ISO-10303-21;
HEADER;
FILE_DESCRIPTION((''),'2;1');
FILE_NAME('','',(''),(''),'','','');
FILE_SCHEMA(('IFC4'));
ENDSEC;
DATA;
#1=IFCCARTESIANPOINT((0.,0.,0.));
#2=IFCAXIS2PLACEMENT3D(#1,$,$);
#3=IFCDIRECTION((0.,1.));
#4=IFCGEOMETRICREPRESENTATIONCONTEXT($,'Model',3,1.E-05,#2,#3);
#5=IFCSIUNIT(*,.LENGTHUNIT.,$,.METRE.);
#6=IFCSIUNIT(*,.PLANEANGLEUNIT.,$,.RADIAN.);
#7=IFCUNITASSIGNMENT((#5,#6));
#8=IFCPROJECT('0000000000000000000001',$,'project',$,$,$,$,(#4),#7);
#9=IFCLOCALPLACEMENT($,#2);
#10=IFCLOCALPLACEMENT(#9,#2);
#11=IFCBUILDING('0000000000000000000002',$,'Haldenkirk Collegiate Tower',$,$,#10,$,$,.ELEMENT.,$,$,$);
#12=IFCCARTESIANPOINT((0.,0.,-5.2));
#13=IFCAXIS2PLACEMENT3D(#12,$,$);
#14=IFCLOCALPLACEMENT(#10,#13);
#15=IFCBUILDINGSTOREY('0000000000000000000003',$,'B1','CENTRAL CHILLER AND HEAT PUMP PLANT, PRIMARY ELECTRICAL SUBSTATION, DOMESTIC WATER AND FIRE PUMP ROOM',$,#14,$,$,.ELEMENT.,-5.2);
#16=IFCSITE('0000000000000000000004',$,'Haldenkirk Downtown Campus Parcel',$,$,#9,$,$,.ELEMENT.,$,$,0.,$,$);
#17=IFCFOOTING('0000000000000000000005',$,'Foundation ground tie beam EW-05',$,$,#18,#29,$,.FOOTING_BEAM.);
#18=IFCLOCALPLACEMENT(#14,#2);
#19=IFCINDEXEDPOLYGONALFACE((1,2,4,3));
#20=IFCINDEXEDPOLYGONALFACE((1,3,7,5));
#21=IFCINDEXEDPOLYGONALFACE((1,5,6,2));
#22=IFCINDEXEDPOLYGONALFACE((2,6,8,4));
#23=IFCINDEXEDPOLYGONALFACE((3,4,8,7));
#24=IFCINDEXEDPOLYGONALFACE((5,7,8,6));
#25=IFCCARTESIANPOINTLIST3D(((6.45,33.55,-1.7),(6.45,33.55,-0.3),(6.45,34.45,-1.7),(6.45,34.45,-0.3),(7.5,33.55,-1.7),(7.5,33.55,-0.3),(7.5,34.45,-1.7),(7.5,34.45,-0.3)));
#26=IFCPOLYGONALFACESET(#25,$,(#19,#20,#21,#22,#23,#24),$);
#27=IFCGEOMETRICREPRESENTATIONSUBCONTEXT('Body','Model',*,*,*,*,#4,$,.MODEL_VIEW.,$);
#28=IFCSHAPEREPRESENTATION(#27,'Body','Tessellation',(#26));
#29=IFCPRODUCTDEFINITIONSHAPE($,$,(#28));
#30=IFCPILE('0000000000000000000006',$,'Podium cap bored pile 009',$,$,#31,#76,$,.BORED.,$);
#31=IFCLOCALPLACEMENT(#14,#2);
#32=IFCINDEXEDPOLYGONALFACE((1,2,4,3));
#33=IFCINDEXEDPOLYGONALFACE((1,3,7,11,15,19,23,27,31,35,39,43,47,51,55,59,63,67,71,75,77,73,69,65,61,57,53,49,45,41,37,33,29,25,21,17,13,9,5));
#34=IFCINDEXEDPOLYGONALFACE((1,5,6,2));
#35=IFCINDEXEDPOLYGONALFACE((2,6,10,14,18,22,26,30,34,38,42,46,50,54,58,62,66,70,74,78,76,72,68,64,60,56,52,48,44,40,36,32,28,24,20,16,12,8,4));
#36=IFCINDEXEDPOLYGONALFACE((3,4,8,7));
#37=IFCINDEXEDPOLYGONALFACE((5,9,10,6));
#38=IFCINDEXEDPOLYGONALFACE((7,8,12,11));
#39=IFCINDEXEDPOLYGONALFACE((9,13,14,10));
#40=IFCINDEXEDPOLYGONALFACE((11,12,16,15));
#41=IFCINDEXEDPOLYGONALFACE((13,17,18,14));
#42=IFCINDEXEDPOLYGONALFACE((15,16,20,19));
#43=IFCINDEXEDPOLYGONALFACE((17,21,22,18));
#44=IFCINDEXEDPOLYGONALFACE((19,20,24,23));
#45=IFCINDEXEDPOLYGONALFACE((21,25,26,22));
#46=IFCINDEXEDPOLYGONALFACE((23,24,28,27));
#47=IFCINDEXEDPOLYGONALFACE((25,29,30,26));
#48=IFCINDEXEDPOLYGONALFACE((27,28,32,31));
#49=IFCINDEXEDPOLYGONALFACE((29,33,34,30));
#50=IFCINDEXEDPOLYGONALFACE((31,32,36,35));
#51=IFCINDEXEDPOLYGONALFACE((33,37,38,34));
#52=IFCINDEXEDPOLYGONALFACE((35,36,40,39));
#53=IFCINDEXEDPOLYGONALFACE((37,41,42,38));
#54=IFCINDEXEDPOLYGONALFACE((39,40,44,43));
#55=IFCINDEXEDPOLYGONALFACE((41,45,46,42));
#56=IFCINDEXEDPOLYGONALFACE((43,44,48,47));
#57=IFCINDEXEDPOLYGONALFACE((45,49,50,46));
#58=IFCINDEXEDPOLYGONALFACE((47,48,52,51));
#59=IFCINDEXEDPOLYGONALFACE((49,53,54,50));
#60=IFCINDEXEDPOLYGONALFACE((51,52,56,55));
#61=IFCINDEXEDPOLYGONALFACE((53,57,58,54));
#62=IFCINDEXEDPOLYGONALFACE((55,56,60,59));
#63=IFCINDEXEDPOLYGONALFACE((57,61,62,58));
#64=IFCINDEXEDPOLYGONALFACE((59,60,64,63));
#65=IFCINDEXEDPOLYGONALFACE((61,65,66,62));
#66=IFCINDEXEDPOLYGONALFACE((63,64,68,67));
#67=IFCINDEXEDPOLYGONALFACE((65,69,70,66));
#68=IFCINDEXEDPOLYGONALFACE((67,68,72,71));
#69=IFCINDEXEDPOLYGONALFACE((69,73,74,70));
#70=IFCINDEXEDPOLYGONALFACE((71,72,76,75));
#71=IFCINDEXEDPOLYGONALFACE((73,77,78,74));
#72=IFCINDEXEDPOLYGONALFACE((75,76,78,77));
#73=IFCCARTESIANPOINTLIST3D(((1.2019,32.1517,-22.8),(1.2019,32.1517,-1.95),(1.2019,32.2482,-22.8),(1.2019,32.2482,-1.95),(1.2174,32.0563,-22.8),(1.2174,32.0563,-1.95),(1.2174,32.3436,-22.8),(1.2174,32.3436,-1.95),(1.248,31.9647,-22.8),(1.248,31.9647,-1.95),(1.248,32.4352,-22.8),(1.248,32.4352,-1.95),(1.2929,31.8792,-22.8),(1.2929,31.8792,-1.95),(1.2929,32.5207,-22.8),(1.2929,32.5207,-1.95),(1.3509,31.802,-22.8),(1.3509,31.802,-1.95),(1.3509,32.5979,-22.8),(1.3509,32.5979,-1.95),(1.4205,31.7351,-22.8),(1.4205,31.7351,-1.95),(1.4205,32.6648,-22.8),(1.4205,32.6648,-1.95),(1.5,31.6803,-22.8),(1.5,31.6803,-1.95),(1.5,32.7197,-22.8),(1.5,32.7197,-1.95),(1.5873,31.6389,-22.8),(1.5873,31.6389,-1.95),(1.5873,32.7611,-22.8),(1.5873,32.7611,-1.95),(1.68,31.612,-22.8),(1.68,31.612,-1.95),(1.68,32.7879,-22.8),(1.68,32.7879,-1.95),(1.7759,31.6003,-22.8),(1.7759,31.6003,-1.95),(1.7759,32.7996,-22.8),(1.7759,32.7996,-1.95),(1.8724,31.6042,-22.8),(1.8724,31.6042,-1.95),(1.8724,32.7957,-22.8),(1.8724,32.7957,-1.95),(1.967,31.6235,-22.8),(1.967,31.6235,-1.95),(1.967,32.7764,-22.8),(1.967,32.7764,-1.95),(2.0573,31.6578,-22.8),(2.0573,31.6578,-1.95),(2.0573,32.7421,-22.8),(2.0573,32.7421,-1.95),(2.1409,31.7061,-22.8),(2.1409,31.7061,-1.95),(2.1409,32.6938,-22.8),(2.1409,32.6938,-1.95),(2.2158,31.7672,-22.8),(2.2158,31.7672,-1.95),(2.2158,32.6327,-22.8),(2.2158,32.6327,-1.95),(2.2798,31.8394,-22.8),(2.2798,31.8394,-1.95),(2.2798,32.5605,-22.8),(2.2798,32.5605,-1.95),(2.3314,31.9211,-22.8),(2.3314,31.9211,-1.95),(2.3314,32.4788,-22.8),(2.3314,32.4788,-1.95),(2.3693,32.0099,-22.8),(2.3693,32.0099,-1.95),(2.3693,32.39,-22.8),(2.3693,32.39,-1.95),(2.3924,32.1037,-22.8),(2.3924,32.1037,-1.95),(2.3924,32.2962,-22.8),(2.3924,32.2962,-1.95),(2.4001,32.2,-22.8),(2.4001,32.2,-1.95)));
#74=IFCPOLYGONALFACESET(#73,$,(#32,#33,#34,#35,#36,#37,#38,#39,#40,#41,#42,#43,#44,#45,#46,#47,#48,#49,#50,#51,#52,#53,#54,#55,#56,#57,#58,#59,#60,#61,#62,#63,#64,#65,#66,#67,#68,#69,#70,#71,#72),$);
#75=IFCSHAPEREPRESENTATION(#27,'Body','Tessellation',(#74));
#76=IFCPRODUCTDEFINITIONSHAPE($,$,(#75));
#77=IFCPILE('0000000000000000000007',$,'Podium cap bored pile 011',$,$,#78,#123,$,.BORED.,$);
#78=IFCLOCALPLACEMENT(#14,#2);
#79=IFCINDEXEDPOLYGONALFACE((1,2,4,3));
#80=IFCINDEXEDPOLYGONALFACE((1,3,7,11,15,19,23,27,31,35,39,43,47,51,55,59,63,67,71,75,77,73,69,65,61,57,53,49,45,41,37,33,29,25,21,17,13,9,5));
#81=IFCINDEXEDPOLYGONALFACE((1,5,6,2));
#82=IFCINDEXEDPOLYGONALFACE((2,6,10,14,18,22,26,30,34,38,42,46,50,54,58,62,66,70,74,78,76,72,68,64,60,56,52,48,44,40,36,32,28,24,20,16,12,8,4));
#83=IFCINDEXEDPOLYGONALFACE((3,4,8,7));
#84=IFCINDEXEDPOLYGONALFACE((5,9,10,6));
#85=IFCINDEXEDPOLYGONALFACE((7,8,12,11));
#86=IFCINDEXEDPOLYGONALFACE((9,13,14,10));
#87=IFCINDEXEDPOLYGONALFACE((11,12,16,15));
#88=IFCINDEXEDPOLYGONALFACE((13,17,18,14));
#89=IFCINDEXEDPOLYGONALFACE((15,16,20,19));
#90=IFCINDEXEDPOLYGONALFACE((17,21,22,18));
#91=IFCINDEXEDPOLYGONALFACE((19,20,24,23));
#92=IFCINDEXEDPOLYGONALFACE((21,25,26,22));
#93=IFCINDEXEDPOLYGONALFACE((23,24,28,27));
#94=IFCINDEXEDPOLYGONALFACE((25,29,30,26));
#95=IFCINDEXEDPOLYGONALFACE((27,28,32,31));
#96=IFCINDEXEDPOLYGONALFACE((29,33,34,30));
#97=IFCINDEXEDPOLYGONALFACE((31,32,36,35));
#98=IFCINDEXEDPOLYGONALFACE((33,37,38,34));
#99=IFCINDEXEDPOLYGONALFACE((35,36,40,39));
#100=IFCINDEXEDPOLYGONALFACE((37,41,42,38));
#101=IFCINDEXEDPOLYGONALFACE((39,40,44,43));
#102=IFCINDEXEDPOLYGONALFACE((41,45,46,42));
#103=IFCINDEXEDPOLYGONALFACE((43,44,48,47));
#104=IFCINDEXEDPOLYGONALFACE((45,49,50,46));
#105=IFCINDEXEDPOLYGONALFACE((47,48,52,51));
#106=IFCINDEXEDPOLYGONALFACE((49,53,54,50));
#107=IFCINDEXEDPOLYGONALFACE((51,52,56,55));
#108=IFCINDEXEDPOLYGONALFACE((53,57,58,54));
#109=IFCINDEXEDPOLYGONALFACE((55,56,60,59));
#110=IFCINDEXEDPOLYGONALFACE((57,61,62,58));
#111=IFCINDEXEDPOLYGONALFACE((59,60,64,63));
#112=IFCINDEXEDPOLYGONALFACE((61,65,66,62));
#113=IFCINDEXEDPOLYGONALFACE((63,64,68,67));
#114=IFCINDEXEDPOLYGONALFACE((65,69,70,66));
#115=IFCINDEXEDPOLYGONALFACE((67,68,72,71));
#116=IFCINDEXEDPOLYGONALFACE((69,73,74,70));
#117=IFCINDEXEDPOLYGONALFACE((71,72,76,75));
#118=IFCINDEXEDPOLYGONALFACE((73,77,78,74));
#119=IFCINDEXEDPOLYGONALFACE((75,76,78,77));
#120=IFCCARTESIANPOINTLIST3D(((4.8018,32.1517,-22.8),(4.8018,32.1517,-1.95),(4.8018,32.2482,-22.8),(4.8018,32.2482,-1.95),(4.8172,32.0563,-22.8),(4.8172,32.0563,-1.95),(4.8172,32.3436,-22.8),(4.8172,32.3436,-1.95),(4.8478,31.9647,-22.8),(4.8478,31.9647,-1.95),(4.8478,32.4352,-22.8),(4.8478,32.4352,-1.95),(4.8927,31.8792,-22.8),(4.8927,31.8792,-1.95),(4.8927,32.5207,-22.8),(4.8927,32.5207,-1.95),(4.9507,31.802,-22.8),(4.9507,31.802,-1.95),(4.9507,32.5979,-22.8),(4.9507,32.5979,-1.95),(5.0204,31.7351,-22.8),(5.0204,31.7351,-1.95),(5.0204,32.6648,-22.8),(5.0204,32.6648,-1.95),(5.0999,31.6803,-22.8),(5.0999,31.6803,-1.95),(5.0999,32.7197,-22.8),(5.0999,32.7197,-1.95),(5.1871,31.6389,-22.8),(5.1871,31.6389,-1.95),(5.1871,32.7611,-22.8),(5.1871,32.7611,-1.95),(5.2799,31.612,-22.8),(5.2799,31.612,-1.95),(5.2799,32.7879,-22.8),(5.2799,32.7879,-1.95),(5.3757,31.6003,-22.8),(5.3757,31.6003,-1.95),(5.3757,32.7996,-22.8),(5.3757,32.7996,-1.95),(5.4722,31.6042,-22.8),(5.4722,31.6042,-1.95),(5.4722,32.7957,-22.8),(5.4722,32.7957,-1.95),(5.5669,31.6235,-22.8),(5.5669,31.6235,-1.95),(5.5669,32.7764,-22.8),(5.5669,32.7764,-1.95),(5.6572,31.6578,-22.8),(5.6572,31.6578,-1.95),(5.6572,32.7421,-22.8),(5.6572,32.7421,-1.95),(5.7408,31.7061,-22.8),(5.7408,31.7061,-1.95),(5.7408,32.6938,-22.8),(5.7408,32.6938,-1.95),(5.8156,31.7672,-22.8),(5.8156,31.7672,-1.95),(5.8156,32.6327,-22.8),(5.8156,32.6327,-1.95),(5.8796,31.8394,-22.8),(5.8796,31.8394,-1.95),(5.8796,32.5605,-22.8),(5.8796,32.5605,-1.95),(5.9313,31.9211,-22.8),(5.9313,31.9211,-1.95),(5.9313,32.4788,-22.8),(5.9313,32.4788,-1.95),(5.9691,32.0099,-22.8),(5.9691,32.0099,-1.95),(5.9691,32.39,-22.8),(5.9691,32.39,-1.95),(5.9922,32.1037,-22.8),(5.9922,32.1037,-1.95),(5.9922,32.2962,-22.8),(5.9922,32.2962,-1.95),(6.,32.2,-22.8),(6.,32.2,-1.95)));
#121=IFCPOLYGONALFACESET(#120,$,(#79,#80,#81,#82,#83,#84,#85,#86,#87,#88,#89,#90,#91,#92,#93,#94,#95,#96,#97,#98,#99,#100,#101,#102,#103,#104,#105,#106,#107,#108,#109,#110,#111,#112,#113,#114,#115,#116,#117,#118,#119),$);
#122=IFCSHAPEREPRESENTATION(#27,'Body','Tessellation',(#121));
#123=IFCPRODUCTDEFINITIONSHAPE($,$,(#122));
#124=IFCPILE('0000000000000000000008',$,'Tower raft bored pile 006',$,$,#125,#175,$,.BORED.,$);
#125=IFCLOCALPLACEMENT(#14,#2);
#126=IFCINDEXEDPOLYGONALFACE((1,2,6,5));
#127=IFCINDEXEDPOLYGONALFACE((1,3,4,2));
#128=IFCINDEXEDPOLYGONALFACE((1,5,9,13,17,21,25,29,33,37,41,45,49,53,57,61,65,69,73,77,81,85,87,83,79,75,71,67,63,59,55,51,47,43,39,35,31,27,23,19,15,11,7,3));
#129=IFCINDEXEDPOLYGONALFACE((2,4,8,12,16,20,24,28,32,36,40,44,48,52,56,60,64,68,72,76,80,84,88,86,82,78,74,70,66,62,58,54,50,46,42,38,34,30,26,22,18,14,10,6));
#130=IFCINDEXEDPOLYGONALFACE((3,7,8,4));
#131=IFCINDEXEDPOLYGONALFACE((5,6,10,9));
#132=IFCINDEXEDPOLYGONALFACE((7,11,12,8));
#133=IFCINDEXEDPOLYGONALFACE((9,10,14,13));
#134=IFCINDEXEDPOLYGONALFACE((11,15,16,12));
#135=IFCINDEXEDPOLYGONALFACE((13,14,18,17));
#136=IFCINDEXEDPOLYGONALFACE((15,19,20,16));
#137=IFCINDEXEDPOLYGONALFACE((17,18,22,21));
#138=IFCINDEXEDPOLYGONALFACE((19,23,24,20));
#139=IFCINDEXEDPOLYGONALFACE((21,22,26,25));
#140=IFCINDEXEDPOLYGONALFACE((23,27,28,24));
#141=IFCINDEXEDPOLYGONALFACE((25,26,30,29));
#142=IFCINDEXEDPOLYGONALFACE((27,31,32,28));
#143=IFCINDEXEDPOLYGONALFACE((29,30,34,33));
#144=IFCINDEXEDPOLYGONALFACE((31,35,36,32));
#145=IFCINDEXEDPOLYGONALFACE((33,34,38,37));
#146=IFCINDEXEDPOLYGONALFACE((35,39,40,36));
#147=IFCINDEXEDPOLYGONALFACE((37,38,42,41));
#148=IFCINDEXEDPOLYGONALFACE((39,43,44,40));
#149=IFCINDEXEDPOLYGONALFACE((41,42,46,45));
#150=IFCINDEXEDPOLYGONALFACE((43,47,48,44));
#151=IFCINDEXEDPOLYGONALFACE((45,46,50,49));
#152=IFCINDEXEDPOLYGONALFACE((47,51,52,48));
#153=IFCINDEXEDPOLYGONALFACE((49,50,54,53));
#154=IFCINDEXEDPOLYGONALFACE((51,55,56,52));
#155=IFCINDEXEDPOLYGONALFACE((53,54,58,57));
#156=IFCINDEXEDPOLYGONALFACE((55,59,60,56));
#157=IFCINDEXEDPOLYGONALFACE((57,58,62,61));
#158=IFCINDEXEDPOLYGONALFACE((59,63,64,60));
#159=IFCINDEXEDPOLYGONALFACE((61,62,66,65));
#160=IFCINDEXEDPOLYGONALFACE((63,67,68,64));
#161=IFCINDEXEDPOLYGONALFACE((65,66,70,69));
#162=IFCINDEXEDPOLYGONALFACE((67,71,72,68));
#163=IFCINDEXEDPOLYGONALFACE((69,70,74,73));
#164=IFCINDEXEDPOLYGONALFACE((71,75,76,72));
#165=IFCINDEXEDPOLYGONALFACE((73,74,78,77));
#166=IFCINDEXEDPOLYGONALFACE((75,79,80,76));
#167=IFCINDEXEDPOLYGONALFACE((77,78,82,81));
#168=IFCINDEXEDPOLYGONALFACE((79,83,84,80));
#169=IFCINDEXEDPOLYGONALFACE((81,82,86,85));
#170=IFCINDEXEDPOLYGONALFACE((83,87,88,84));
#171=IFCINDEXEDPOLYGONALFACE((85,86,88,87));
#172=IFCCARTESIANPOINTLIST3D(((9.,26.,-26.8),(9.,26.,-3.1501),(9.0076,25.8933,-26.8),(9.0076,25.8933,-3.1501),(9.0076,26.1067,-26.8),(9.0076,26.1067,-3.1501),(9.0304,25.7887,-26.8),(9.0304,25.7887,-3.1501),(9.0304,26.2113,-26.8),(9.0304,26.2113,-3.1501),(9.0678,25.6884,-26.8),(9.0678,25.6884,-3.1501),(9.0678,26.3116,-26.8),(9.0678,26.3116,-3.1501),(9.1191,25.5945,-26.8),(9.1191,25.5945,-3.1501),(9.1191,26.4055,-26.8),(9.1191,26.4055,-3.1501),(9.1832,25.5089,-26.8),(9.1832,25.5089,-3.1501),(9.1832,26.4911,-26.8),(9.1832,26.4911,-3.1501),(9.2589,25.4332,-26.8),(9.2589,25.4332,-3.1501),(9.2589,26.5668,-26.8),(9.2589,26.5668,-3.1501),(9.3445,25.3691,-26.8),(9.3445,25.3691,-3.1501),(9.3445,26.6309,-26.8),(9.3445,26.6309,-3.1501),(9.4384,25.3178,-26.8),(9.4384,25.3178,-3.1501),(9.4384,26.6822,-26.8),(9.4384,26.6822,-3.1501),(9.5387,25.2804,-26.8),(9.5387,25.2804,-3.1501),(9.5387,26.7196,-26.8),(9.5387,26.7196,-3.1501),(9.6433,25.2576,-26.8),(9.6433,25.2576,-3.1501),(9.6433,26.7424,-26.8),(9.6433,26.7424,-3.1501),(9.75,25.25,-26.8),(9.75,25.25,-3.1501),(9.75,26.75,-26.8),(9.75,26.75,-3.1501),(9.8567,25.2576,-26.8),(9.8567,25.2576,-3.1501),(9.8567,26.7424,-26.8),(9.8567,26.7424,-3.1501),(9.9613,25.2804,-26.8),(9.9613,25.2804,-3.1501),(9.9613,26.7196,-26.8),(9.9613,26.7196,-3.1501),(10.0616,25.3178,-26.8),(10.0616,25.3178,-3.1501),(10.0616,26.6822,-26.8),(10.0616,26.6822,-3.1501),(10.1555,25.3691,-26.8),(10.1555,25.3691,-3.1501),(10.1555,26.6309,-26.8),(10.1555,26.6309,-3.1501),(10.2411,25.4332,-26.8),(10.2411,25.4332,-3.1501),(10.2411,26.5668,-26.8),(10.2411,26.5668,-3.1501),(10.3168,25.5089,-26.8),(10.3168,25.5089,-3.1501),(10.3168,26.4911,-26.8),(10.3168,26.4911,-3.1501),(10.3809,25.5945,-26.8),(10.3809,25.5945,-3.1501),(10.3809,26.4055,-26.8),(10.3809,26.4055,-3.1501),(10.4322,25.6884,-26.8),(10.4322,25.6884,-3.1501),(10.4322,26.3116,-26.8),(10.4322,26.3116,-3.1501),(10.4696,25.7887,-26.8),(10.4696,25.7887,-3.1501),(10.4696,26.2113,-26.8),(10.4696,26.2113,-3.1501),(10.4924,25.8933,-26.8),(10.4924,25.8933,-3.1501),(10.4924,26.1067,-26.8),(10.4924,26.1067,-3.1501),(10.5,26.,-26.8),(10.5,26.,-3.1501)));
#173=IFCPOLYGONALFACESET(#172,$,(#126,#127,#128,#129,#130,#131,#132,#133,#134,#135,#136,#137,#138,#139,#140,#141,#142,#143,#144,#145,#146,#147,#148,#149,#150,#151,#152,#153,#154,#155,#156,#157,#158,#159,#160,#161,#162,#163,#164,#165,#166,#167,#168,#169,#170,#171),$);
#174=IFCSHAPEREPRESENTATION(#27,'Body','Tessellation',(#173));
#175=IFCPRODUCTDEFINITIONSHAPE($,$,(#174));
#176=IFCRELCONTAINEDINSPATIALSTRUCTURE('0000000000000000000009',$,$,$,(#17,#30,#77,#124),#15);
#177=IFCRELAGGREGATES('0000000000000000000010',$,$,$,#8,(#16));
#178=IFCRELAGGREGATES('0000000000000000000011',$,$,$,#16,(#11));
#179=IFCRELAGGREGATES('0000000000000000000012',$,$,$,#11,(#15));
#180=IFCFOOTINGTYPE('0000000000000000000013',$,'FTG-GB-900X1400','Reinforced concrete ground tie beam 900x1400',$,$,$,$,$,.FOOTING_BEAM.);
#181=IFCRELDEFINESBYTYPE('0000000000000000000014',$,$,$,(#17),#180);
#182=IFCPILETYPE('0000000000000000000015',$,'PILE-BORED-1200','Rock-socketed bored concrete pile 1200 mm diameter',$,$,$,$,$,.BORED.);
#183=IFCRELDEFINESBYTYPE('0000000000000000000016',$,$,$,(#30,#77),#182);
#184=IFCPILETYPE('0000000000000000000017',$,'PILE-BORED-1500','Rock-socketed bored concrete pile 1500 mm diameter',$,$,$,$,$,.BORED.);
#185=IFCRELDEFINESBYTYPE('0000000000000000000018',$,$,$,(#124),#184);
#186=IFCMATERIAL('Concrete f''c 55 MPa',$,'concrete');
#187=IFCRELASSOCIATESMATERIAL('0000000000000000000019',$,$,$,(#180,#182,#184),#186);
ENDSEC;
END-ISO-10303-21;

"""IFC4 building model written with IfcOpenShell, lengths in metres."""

from ifc_helpers import new_model, si_unit, direction, frame, origin, origin_2d, place, context, subcontext, project, spatial, rectangle, circle, extrude, material, material_profile, profile_set, type_object, element, save


model = new_model("IFC4")

# Units and contexts
model_context = context("Model", 3, precision=1e-05, world=origin(), true_north=direction((0.0, 1.0)))
body_context = subcontext(model_context, "Body", "Model", "MODEL_VIEW")
ifc_project = project(units=[si_unit("LENGTHUNIT", "METRE"), si_unit("PLANEANGLEUNIT", "RADIAN")], contexts=[model_context])

# Site, building, storey
site_placement = place(None, origin())
site = spatial("IfcSite", under=ifc_project, at=site_placement, Name="Haldenkirk Downtown Campus Parcel", CompositionType="ELEMENT", RefElevation=0.0)
building_placement = place(site_placement, origin())
building = spatial("IfcBuilding", under=site, at=building_placement, Name="Haldenkirk Collegiate Tower", CompositionType="ELEMENT")
storey_placement = place(building_placement, frame((0.0, 0.0, -5.2)))
storey = spatial("IfcBuildingStorey", under=building, at=storey_placement, Name="B1", Description="CENTRAL CHILLER AND HEAT PUMP PLANT, PRIMARY ELECTRICAL SUBSTATION, DOMESTIC WATER AND FIRE PUMP ROOM", CompositionType="ELEMENT", Elevation=-5.2)

# Footing
ifc_material_1 = material(Name="Concrete f'c 55 MPa", Category="concrete")
ifc_material_profile_1 = material_profile(ifc_material_1, rectangle(XDim=0.8999, YDim=1.3999, at=origin_2d()), Name="RCGB900X1400")
ifc_profile_set_1 = profile_set([ifc_material_profile_1], Name="Concrete f'c 55 MPa")
footing_type = type_object("IfcFootingType", Name="FTG-GB-900X1400", Description="Reinforced concrete ground tie beam 900x1400", PredefinedType="FOOTING_BEAM", material=ifc_profile_set_1)
footing_placement = place(storey_placement, frame((6.45, 34.0, -1.0), z_axis=(1.0, 0.0, 0.0), x_axis=(0.0, 1.0, 0.0)))
element("IfcFooting", 1, at=footing_placement, inside=storey, type_object=footing_type, Name="Foundation ground tie beam EW-05", PredefinedType="FOOTING_BEAM", context=body_context, shape_type="SweptSolid", body=[
    extrude(rectangle(XDim=0.8999, YDim=1.3999, at=origin_2d()), origin(), (0.0, 0.0, 1.0), 1.05),
])

# Piles
ifc_material_profile_2 = material_profile(ifc_material_1, circle(Radius=0.6001, at=origin_2d()), Name="PILE1200")
ifc_profile_set_2 = profile_set([ifc_material_profile_2], Name="Concrete f'c 55 MPa")
pile_type_1 = type_object("IfcPileType", Name="PILE-BORED-1200", Description="Rock-socketed bored concrete pile 1200 mm diameter", PredefinedType="BORED", material=ifc_profile_set_2)
for number, where, z_axis, x_axis, name in (
    (2, (1.8, 32.2, -1.95), (0.0, 0.0, -1.0), (1.0, 0.0, 0.0), "Podium cap bored pile 009"),
    (3, (5.3999, 32.2, -1.95), (0.0, 0.0, -1.0), (1.0, 0.0, 0.0), "Podium cap bored pile 011"),
):
    element("IfcPile", number, at=place(storey_placement, frame(where, z_axis=z_axis, x_axis=x_axis)), inside=storey, type_object=pile_type_1, Name=name, PredefinedType="BORED", context=body_context, shape_type="SweptSolid", body=[
        extrude(circle(Radius=0.6001, at=origin_2d()), origin(), (0.0, 0.0, 1.0), 20.8501),
    ])
ifc_material_profile_3 = material_profile(ifc_material_1, circle(Radius=0.75, at=origin_2d()), Name="PILE1500")
ifc_profile_set_3 = profile_set([ifc_material_profile_3], Name="Concrete f'c 55 MPa")
pile_type_2 = type_object("IfcPileType", Name="PILE-BORED-1500", Description="Rock-socketed bored concrete pile 1500 mm diameter", PredefinedType="BORED", material=ifc_profile_set_3)
for number, where, z_axis, x_axis, name in (
    (4, (9.75, 26.0, -3.1501), (0.0, 0.0, -1.0), (1.0, 0.0, 0.0), "Tower raft bored pile 006"),
):
    element("IfcPile", number, at=place(storey_placement, frame(where, z_axis=z_axis, x_axis=x_axis)), inside=storey, type_object=pile_type_2, Name=name, PredefinedType="BORED", context=body_context, shape_type="SweptSolid", body=[
        extrude(circle(Radius=0.75, at=origin_2d()), origin(), (0.0, 0.0, 1.0), 23.6499),
    ])

save(model, "model.ifc")
